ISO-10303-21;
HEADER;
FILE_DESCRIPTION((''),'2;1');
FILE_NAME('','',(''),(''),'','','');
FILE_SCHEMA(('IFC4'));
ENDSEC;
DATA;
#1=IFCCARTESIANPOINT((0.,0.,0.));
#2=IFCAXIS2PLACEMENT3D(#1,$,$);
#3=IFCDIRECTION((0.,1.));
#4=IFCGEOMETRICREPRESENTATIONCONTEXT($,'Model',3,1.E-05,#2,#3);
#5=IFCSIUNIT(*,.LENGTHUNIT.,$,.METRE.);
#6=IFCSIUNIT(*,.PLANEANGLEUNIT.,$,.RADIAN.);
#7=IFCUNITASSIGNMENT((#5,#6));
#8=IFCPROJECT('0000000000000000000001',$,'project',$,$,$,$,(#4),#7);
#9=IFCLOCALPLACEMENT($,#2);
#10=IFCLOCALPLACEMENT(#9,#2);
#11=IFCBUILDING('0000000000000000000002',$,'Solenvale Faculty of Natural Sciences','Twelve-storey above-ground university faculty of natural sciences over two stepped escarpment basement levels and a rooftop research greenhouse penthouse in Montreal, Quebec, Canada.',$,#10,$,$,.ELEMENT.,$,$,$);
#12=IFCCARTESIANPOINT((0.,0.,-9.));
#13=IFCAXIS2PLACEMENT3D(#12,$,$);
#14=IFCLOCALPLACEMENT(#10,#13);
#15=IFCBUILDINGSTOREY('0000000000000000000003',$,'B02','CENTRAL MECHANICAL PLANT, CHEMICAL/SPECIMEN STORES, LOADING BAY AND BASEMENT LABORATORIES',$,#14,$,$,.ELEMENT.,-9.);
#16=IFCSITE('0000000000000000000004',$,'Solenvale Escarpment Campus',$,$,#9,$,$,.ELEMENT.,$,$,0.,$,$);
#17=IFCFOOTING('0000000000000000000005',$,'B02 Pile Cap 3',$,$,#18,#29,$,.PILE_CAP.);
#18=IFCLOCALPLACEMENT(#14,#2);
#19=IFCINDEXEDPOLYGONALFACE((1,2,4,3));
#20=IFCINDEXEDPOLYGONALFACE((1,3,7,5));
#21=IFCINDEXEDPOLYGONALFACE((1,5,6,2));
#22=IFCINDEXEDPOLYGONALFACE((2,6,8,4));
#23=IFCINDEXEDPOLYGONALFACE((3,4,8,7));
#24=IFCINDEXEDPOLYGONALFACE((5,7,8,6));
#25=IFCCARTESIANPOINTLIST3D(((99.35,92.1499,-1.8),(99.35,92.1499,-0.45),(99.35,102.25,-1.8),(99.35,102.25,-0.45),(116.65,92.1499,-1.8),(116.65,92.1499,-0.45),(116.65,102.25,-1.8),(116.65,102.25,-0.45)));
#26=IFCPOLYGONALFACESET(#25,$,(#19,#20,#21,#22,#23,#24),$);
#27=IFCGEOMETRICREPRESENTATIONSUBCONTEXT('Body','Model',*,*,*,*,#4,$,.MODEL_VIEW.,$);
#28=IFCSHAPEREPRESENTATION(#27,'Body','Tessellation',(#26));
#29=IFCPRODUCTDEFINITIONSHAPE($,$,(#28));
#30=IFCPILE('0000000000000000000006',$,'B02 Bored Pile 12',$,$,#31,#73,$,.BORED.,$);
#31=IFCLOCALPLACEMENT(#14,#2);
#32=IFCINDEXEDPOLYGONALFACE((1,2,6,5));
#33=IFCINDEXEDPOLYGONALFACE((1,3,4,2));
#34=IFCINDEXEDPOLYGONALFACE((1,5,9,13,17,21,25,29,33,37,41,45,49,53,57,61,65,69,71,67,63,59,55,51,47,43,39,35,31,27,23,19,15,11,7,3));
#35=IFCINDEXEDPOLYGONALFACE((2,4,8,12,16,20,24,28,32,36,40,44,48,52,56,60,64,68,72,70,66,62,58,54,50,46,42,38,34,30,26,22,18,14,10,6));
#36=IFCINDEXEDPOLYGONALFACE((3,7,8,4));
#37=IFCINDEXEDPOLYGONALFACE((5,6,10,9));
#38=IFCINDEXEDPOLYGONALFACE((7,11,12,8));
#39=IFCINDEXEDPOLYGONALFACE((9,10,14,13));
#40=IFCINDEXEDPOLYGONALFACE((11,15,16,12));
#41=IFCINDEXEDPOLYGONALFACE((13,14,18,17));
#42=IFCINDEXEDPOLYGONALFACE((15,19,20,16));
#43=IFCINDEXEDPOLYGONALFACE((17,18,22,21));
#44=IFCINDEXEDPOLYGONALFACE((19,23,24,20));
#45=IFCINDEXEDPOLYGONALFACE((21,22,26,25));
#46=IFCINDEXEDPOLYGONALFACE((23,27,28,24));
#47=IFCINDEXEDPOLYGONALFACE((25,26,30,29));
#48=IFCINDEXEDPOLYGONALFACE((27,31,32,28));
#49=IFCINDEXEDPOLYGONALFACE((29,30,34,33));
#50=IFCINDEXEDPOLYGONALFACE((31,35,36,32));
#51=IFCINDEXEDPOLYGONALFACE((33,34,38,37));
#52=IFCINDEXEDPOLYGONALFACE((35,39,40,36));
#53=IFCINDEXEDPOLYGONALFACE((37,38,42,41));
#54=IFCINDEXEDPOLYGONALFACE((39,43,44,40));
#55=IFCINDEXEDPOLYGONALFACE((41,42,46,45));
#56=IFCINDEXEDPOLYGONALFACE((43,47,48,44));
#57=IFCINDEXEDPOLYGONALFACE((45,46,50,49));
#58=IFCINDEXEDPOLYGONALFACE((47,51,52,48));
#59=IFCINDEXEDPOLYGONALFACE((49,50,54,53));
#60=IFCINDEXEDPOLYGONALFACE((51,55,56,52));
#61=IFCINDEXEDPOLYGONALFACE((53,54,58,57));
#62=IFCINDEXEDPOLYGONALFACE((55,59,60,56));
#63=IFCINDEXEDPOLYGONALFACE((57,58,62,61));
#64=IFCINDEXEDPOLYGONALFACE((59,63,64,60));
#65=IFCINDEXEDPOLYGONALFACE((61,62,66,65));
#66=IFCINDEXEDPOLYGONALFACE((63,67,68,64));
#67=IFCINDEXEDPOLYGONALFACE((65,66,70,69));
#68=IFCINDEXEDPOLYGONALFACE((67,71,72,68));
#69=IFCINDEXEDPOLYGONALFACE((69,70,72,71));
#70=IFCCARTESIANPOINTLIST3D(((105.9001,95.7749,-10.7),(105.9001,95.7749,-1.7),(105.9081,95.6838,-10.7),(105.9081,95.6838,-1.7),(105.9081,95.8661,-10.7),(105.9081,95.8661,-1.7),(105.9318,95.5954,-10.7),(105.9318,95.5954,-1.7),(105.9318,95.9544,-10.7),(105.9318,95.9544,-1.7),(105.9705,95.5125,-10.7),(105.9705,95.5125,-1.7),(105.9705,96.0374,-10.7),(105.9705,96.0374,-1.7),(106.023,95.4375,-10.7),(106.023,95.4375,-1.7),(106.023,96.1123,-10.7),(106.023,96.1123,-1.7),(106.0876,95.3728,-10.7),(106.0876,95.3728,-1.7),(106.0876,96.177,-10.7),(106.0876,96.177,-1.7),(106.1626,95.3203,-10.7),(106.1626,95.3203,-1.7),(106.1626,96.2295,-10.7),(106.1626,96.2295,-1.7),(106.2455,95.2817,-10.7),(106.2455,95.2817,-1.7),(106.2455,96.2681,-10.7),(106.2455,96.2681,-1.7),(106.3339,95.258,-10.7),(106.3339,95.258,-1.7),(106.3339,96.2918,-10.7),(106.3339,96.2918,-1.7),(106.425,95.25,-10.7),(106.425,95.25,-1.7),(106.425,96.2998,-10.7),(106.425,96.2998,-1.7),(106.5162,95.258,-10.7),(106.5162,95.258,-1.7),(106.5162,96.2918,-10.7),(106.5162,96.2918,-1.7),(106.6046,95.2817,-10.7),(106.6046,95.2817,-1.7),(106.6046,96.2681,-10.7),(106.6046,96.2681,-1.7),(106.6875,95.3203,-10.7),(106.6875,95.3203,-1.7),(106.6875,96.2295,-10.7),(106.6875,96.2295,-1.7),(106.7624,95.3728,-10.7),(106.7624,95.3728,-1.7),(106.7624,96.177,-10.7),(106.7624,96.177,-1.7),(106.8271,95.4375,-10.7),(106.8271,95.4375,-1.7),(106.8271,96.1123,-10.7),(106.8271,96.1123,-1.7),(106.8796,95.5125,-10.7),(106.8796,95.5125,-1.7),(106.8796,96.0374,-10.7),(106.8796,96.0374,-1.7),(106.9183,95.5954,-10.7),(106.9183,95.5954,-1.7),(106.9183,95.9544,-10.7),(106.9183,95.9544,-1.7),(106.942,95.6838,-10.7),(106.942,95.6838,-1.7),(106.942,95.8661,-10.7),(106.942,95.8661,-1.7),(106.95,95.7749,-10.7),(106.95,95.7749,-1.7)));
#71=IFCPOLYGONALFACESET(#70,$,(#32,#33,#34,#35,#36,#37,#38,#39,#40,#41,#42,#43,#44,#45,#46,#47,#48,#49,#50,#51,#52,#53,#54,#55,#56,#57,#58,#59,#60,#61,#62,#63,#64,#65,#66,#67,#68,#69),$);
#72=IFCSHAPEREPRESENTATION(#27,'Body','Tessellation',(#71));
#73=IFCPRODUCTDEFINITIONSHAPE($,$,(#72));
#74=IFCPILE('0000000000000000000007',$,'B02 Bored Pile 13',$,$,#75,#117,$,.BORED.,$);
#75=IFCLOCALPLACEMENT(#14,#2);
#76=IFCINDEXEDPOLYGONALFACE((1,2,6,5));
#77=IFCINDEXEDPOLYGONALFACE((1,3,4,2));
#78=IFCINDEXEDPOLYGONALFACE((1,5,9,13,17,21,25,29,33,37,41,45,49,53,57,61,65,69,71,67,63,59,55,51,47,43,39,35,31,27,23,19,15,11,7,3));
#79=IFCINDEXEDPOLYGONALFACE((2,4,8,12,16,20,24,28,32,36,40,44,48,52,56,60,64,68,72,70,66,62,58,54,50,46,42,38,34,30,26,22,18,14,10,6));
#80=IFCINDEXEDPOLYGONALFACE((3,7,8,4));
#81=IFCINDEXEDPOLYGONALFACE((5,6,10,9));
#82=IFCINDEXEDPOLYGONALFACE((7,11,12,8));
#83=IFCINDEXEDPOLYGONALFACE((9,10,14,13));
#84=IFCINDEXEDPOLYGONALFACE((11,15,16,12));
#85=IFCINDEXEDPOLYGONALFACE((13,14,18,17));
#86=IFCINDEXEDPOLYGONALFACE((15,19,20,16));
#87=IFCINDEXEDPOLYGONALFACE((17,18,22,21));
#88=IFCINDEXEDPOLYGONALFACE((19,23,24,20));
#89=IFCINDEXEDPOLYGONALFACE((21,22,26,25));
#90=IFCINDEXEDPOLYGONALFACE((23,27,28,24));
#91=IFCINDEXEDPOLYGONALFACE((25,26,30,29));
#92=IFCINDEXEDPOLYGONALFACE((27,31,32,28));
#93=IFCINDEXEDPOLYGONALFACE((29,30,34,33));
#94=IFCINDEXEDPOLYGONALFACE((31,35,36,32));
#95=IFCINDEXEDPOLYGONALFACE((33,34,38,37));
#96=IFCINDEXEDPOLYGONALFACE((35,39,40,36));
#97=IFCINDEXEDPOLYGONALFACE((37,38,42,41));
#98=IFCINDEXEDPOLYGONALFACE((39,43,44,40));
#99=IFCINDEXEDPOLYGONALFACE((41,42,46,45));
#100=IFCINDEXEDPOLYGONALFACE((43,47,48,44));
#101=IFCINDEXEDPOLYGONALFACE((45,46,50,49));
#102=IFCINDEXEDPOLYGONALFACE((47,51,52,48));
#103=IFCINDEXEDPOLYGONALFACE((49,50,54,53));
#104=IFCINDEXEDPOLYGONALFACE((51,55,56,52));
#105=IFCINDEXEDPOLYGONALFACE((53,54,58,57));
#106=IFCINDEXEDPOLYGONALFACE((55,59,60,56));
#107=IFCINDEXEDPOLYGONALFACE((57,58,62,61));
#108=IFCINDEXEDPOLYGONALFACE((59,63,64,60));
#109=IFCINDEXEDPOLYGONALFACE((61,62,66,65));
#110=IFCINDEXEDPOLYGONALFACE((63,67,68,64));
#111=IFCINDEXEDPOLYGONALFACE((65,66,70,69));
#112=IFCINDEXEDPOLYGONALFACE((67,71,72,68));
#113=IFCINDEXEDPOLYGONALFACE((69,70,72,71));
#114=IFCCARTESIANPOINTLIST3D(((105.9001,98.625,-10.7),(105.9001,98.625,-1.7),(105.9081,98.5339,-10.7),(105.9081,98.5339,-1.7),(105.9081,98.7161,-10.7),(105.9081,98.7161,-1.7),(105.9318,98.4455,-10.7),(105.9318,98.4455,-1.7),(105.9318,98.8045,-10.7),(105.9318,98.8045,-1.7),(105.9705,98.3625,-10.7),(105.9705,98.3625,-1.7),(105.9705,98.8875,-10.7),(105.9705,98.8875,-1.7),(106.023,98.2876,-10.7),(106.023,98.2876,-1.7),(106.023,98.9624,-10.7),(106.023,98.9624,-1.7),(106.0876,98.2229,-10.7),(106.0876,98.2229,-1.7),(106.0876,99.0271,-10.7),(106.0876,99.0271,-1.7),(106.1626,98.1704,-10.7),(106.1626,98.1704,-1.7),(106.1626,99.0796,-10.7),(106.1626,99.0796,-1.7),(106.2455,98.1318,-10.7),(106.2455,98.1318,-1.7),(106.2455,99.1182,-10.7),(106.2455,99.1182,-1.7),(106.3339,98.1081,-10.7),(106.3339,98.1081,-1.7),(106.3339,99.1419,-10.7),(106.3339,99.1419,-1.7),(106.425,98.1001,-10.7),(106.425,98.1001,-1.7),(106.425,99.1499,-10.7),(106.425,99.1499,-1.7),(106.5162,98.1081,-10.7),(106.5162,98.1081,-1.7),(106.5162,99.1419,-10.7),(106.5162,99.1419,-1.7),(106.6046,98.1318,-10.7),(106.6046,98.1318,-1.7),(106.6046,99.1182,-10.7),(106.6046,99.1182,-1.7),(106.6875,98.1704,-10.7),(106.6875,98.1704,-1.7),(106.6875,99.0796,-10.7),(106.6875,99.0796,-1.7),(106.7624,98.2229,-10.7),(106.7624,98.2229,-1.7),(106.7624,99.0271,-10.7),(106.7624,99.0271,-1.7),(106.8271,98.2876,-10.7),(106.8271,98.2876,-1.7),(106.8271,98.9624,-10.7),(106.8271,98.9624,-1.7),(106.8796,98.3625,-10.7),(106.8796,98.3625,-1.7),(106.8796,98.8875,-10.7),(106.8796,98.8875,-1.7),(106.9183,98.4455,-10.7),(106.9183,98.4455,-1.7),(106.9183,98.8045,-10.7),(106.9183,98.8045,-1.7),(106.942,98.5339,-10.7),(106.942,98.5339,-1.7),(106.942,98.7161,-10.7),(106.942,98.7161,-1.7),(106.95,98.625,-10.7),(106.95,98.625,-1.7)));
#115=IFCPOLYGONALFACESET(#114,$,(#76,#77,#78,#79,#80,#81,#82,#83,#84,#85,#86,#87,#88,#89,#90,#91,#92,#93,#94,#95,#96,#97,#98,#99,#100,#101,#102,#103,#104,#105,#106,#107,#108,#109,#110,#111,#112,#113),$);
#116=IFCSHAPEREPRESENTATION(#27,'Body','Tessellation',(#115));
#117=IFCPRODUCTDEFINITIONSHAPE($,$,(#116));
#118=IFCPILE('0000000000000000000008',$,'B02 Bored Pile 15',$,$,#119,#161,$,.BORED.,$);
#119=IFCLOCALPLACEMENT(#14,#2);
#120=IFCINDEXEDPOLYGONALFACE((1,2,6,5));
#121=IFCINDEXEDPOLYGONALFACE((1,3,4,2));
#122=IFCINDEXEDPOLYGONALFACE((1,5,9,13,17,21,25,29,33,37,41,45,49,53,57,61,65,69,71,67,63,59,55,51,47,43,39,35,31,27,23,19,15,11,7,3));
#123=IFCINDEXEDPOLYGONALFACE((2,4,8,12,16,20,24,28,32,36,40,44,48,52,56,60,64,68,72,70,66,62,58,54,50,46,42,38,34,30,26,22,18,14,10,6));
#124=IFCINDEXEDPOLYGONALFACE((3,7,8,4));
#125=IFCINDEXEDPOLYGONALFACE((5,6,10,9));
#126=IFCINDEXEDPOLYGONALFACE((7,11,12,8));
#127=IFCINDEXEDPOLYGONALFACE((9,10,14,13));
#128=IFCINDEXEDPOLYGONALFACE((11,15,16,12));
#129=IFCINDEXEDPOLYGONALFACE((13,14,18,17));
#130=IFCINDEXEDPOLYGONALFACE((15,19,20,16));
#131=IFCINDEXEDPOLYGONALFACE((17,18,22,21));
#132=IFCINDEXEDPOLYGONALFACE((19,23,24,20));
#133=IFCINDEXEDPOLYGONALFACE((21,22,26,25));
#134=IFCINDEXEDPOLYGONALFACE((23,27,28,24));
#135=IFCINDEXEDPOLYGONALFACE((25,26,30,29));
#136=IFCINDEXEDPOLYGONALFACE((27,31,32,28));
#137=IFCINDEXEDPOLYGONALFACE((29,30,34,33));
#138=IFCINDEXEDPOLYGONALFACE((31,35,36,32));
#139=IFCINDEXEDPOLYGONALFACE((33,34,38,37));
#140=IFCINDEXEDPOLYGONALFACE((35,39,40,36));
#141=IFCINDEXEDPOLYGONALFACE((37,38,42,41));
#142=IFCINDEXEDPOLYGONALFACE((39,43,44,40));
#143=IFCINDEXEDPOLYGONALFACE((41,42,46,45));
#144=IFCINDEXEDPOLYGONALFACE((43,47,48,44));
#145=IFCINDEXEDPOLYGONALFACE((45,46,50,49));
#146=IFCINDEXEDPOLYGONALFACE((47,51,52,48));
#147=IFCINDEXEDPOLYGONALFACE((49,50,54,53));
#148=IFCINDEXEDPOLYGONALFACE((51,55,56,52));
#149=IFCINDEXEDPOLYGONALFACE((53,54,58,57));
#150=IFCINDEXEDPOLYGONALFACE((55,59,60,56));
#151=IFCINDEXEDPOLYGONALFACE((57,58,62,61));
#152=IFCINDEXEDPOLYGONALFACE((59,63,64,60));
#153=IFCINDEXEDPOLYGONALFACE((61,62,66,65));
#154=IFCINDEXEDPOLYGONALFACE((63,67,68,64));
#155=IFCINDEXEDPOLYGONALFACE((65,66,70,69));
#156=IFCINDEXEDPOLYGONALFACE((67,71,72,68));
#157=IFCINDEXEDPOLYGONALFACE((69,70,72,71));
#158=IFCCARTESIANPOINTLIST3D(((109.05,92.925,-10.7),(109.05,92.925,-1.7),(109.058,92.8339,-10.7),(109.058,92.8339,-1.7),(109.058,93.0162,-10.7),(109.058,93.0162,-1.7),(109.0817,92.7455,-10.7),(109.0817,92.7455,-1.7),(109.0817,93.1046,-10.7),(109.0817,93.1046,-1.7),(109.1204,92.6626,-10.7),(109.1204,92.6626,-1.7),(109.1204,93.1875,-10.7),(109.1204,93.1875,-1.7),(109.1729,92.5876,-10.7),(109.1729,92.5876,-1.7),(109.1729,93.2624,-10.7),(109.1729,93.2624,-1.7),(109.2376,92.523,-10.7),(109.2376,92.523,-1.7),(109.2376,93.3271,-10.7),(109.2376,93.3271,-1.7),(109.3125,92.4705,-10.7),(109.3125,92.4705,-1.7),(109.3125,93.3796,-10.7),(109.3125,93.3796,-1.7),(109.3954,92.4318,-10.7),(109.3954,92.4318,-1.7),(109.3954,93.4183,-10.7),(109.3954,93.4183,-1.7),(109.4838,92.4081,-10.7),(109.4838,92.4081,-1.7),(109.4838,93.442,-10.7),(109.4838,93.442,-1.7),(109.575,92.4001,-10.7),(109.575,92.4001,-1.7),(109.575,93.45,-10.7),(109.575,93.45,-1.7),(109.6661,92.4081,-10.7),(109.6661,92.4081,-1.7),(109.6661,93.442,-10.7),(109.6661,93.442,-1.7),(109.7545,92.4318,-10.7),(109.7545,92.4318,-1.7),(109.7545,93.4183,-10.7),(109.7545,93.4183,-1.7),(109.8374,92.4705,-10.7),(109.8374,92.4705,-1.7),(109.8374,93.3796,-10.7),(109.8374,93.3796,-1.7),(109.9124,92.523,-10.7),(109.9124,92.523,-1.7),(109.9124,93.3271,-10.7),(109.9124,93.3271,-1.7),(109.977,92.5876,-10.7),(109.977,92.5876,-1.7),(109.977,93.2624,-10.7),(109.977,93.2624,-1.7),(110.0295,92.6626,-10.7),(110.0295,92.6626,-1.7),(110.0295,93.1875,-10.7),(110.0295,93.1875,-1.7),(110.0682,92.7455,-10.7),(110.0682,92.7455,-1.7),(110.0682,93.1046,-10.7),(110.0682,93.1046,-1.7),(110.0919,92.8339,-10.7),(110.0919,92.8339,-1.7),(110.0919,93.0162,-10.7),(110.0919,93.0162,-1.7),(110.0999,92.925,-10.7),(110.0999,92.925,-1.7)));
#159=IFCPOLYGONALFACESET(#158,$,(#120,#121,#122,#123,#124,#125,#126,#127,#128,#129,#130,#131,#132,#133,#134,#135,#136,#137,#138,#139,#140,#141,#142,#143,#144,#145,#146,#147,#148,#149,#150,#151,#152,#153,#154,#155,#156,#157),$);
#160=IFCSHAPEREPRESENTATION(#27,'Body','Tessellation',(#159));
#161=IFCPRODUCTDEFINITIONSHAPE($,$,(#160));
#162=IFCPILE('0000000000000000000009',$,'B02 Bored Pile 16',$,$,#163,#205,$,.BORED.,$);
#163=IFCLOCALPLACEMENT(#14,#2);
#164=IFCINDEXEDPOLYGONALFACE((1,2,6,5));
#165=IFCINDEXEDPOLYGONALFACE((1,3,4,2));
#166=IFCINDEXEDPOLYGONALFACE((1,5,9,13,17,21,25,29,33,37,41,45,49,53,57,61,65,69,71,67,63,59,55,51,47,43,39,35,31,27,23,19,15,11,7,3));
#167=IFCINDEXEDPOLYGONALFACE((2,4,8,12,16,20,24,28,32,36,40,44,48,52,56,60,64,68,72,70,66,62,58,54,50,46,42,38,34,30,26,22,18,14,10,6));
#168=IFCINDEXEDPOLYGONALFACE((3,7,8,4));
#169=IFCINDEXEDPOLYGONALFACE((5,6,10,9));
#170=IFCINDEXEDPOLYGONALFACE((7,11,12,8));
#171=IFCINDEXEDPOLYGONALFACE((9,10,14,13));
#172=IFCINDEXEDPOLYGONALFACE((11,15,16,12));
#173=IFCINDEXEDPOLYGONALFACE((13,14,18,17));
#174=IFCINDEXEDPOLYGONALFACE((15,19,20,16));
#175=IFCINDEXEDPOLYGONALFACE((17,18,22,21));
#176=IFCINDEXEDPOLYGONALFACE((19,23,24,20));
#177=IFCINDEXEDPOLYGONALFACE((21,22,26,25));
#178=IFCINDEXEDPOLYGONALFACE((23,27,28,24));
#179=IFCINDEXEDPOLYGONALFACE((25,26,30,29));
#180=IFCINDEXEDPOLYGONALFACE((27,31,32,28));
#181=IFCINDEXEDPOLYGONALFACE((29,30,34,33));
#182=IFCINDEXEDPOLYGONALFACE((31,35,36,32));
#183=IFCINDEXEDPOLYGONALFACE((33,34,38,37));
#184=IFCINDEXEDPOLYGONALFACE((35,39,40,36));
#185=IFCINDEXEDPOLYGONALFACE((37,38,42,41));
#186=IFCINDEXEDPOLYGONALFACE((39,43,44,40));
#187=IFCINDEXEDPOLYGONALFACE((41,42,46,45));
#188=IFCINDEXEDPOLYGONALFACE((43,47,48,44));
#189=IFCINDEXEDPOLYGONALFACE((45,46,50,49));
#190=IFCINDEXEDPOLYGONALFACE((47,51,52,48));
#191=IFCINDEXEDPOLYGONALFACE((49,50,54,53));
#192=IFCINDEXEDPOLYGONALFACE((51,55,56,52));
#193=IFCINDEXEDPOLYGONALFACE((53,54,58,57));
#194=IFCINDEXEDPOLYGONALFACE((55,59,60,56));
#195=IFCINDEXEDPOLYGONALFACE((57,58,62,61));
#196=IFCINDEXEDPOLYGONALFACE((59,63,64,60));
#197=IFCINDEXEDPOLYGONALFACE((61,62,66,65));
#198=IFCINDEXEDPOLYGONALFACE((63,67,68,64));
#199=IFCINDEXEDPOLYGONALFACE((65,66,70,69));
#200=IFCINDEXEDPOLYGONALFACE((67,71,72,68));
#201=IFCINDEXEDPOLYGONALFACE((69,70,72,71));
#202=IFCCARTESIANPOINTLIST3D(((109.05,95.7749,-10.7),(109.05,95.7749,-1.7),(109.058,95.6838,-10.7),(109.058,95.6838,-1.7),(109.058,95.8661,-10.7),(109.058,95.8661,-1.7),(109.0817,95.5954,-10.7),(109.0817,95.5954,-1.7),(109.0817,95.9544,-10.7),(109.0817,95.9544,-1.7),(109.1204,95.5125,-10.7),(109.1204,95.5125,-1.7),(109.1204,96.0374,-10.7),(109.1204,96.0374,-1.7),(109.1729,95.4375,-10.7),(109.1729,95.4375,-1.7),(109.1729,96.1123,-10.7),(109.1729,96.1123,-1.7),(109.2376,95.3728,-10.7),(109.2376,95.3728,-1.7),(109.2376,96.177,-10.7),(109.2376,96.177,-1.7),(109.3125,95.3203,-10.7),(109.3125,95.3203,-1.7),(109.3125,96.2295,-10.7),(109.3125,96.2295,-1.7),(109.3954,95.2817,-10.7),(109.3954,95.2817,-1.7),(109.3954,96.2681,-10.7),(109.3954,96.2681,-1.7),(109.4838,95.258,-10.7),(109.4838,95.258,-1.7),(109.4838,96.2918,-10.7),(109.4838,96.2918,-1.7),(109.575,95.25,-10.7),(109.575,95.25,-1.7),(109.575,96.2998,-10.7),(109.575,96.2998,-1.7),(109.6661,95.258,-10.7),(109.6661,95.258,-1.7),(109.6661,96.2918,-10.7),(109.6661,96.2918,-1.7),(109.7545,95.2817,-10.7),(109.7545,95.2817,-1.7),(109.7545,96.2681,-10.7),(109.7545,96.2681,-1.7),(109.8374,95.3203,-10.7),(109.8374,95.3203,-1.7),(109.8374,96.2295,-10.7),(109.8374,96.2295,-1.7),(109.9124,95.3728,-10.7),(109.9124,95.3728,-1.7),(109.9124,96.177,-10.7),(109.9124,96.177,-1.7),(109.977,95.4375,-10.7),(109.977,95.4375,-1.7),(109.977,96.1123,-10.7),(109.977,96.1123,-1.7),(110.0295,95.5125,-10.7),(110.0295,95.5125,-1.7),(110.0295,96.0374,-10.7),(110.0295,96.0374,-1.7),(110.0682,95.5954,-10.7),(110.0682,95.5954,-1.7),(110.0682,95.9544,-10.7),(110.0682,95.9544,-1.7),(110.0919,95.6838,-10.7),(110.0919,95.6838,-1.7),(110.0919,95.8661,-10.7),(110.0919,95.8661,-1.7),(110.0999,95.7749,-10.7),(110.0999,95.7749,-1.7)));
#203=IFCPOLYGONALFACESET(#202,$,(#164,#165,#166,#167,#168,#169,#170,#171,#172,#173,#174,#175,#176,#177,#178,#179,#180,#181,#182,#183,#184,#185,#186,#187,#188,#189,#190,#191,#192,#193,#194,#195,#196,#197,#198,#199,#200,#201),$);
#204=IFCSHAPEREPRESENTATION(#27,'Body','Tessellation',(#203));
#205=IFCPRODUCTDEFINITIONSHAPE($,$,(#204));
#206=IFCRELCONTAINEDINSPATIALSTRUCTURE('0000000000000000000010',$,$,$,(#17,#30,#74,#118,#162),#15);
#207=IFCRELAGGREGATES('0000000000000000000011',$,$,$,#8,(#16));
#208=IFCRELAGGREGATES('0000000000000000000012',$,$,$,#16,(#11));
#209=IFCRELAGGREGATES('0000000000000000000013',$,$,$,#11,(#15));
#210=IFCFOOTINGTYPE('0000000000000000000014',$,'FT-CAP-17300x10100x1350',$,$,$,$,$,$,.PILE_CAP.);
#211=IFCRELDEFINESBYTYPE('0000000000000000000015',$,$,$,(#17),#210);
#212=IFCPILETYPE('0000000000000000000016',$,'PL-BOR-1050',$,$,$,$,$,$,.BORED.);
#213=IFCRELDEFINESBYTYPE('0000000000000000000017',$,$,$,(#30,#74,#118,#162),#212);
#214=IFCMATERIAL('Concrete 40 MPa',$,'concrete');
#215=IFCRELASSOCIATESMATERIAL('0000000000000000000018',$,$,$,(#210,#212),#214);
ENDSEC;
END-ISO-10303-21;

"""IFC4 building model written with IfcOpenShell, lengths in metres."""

from ifc_helpers import new_model, si_unit, direction, frame, origin, origin_2d, place, context, subcontext, project, spatial, rectangle, circle, extrude, material, material_profile, profile_set, type_object, element, save


model = new_model("IFC4")

# Units and contexts
model_context = context("Model", 3, precision=1e-05, world=origin(), true_north=direction((0.0, 1.0)))
body_context = subcontext(model_context, "Body", "Model", "MODEL_VIEW")
ifc_project = project(units=[si_unit("LENGTHUNIT", "METRE"), si_unit("PLANEANGLEUNIT", "RADIAN")], contexts=[model_context])

# Site, building, storey
site_placement = place(None, origin())
site = spatial("IfcSite", under=ifc_project, at=site_placement, Name="Solenvale Escarpment Campus", CompositionType="ELEMENT", RefElevation=0.0)
building_placement = place(site_placement, origin())
building = spatial("IfcBuilding", under=site, at=building_placement, Name="Solenvale Faculty of Natural Sciences", Description="Twelve-storey above-ground university faculty of natural sciences over two stepped escarpment basement levels and a rooftop research greenhouse penthouse in Montreal, Quebec, Canada.", CompositionType="ELEMENT")
storey_placement = place(building_placement, frame((0.0, 0.0, -9.0)))
storey = spatial("IfcBuildingStorey", under=building, at=storey_placement, Name="B02", Description="CENTRAL MECHANICAL PLANT, CHEMICAL/SPECIMEN STORES, LOADING BAY AND BASEMENT LABORATORIES", CompositionType="ELEMENT", Elevation=-9.0)

# Footing
ifc_material_1 = material(Name="Concrete 40 MPa", Category="concrete")
footing_type = type_object("IfcFootingType", Name="FT-CAP-17300x10100x1350", PredefinedType="PILE_CAP", material=ifc_material_1)
footing_placement = place(storey_placement, frame((108.0, 97.2, -1.8), z_axis=(0.0, 0.0, 1.0), x_axis=(1.0, 0.0, 0.0)))
element("IfcFooting", 1, at=footing_placement, inside=storey, type_object=footing_type, Name="B02 Pile Cap 3", PredefinedType="PILE_CAP", context=body_context, shape_type="SweptSolid", body=[
    extrude(rectangle(XDim=17.3, YDim=10.1001, at=origin_2d()), origin(), (0.0, 0.0, 1.0), 1.3501),
])

# Piles
ifc_material_profile_1 = material_profile(ifc_material_1, circle(Radius=0.5249, at=origin_2d()), Name="PILE-D1050")
ifc_profile_set_1 = profile_set([ifc_material_profile_1], Name="Concrete 40 MPa")
pile_type = type_object("IfcPileType", Name="PL-BOR-1050", PredefinedType="BORED", material=ifc_profile_set_1)
for number, where, z_axis, x_axis, name in (
    (2, (106.425, 95.7749, -1.7), (0.0, 0.0, -1.0), (1.0, 0.0, 0.0), "B02 Bored Pile 12"),
    (3, (106.425, 98.625, -1.7), (0.0, 0.0, -1.0), (1.0, 0.0, 0.0), "B02 Bored Pile 13"),
    (4, (109.575, 92.925, -1.7), (0.0, 0.0, -1.0), (1.0, 0.0, 0.0), "B02 Bored Pile 15"),
    (5, (109.575, 95.7749, -1.7), (0.0, 0.0, -1.0), (1.0, 0.0, 0.0), "B02 Bored Pile 16"),
):
    element("IfcPile", number, at=place(storey_placement, frame(where, z_axis=z_axis, x_axis=x_axis)), inside=storey, type_object=pile_type, Name=name, PredefinedType="BORED", context=body_context, shape_type="SweptSolid", body=[
        extrude(circle(Radius=0.5249, at=origin_2d()), origin(), (0.0, 0.0, 1.0), 9.0),
    ])

save(model, "model.ifc")
